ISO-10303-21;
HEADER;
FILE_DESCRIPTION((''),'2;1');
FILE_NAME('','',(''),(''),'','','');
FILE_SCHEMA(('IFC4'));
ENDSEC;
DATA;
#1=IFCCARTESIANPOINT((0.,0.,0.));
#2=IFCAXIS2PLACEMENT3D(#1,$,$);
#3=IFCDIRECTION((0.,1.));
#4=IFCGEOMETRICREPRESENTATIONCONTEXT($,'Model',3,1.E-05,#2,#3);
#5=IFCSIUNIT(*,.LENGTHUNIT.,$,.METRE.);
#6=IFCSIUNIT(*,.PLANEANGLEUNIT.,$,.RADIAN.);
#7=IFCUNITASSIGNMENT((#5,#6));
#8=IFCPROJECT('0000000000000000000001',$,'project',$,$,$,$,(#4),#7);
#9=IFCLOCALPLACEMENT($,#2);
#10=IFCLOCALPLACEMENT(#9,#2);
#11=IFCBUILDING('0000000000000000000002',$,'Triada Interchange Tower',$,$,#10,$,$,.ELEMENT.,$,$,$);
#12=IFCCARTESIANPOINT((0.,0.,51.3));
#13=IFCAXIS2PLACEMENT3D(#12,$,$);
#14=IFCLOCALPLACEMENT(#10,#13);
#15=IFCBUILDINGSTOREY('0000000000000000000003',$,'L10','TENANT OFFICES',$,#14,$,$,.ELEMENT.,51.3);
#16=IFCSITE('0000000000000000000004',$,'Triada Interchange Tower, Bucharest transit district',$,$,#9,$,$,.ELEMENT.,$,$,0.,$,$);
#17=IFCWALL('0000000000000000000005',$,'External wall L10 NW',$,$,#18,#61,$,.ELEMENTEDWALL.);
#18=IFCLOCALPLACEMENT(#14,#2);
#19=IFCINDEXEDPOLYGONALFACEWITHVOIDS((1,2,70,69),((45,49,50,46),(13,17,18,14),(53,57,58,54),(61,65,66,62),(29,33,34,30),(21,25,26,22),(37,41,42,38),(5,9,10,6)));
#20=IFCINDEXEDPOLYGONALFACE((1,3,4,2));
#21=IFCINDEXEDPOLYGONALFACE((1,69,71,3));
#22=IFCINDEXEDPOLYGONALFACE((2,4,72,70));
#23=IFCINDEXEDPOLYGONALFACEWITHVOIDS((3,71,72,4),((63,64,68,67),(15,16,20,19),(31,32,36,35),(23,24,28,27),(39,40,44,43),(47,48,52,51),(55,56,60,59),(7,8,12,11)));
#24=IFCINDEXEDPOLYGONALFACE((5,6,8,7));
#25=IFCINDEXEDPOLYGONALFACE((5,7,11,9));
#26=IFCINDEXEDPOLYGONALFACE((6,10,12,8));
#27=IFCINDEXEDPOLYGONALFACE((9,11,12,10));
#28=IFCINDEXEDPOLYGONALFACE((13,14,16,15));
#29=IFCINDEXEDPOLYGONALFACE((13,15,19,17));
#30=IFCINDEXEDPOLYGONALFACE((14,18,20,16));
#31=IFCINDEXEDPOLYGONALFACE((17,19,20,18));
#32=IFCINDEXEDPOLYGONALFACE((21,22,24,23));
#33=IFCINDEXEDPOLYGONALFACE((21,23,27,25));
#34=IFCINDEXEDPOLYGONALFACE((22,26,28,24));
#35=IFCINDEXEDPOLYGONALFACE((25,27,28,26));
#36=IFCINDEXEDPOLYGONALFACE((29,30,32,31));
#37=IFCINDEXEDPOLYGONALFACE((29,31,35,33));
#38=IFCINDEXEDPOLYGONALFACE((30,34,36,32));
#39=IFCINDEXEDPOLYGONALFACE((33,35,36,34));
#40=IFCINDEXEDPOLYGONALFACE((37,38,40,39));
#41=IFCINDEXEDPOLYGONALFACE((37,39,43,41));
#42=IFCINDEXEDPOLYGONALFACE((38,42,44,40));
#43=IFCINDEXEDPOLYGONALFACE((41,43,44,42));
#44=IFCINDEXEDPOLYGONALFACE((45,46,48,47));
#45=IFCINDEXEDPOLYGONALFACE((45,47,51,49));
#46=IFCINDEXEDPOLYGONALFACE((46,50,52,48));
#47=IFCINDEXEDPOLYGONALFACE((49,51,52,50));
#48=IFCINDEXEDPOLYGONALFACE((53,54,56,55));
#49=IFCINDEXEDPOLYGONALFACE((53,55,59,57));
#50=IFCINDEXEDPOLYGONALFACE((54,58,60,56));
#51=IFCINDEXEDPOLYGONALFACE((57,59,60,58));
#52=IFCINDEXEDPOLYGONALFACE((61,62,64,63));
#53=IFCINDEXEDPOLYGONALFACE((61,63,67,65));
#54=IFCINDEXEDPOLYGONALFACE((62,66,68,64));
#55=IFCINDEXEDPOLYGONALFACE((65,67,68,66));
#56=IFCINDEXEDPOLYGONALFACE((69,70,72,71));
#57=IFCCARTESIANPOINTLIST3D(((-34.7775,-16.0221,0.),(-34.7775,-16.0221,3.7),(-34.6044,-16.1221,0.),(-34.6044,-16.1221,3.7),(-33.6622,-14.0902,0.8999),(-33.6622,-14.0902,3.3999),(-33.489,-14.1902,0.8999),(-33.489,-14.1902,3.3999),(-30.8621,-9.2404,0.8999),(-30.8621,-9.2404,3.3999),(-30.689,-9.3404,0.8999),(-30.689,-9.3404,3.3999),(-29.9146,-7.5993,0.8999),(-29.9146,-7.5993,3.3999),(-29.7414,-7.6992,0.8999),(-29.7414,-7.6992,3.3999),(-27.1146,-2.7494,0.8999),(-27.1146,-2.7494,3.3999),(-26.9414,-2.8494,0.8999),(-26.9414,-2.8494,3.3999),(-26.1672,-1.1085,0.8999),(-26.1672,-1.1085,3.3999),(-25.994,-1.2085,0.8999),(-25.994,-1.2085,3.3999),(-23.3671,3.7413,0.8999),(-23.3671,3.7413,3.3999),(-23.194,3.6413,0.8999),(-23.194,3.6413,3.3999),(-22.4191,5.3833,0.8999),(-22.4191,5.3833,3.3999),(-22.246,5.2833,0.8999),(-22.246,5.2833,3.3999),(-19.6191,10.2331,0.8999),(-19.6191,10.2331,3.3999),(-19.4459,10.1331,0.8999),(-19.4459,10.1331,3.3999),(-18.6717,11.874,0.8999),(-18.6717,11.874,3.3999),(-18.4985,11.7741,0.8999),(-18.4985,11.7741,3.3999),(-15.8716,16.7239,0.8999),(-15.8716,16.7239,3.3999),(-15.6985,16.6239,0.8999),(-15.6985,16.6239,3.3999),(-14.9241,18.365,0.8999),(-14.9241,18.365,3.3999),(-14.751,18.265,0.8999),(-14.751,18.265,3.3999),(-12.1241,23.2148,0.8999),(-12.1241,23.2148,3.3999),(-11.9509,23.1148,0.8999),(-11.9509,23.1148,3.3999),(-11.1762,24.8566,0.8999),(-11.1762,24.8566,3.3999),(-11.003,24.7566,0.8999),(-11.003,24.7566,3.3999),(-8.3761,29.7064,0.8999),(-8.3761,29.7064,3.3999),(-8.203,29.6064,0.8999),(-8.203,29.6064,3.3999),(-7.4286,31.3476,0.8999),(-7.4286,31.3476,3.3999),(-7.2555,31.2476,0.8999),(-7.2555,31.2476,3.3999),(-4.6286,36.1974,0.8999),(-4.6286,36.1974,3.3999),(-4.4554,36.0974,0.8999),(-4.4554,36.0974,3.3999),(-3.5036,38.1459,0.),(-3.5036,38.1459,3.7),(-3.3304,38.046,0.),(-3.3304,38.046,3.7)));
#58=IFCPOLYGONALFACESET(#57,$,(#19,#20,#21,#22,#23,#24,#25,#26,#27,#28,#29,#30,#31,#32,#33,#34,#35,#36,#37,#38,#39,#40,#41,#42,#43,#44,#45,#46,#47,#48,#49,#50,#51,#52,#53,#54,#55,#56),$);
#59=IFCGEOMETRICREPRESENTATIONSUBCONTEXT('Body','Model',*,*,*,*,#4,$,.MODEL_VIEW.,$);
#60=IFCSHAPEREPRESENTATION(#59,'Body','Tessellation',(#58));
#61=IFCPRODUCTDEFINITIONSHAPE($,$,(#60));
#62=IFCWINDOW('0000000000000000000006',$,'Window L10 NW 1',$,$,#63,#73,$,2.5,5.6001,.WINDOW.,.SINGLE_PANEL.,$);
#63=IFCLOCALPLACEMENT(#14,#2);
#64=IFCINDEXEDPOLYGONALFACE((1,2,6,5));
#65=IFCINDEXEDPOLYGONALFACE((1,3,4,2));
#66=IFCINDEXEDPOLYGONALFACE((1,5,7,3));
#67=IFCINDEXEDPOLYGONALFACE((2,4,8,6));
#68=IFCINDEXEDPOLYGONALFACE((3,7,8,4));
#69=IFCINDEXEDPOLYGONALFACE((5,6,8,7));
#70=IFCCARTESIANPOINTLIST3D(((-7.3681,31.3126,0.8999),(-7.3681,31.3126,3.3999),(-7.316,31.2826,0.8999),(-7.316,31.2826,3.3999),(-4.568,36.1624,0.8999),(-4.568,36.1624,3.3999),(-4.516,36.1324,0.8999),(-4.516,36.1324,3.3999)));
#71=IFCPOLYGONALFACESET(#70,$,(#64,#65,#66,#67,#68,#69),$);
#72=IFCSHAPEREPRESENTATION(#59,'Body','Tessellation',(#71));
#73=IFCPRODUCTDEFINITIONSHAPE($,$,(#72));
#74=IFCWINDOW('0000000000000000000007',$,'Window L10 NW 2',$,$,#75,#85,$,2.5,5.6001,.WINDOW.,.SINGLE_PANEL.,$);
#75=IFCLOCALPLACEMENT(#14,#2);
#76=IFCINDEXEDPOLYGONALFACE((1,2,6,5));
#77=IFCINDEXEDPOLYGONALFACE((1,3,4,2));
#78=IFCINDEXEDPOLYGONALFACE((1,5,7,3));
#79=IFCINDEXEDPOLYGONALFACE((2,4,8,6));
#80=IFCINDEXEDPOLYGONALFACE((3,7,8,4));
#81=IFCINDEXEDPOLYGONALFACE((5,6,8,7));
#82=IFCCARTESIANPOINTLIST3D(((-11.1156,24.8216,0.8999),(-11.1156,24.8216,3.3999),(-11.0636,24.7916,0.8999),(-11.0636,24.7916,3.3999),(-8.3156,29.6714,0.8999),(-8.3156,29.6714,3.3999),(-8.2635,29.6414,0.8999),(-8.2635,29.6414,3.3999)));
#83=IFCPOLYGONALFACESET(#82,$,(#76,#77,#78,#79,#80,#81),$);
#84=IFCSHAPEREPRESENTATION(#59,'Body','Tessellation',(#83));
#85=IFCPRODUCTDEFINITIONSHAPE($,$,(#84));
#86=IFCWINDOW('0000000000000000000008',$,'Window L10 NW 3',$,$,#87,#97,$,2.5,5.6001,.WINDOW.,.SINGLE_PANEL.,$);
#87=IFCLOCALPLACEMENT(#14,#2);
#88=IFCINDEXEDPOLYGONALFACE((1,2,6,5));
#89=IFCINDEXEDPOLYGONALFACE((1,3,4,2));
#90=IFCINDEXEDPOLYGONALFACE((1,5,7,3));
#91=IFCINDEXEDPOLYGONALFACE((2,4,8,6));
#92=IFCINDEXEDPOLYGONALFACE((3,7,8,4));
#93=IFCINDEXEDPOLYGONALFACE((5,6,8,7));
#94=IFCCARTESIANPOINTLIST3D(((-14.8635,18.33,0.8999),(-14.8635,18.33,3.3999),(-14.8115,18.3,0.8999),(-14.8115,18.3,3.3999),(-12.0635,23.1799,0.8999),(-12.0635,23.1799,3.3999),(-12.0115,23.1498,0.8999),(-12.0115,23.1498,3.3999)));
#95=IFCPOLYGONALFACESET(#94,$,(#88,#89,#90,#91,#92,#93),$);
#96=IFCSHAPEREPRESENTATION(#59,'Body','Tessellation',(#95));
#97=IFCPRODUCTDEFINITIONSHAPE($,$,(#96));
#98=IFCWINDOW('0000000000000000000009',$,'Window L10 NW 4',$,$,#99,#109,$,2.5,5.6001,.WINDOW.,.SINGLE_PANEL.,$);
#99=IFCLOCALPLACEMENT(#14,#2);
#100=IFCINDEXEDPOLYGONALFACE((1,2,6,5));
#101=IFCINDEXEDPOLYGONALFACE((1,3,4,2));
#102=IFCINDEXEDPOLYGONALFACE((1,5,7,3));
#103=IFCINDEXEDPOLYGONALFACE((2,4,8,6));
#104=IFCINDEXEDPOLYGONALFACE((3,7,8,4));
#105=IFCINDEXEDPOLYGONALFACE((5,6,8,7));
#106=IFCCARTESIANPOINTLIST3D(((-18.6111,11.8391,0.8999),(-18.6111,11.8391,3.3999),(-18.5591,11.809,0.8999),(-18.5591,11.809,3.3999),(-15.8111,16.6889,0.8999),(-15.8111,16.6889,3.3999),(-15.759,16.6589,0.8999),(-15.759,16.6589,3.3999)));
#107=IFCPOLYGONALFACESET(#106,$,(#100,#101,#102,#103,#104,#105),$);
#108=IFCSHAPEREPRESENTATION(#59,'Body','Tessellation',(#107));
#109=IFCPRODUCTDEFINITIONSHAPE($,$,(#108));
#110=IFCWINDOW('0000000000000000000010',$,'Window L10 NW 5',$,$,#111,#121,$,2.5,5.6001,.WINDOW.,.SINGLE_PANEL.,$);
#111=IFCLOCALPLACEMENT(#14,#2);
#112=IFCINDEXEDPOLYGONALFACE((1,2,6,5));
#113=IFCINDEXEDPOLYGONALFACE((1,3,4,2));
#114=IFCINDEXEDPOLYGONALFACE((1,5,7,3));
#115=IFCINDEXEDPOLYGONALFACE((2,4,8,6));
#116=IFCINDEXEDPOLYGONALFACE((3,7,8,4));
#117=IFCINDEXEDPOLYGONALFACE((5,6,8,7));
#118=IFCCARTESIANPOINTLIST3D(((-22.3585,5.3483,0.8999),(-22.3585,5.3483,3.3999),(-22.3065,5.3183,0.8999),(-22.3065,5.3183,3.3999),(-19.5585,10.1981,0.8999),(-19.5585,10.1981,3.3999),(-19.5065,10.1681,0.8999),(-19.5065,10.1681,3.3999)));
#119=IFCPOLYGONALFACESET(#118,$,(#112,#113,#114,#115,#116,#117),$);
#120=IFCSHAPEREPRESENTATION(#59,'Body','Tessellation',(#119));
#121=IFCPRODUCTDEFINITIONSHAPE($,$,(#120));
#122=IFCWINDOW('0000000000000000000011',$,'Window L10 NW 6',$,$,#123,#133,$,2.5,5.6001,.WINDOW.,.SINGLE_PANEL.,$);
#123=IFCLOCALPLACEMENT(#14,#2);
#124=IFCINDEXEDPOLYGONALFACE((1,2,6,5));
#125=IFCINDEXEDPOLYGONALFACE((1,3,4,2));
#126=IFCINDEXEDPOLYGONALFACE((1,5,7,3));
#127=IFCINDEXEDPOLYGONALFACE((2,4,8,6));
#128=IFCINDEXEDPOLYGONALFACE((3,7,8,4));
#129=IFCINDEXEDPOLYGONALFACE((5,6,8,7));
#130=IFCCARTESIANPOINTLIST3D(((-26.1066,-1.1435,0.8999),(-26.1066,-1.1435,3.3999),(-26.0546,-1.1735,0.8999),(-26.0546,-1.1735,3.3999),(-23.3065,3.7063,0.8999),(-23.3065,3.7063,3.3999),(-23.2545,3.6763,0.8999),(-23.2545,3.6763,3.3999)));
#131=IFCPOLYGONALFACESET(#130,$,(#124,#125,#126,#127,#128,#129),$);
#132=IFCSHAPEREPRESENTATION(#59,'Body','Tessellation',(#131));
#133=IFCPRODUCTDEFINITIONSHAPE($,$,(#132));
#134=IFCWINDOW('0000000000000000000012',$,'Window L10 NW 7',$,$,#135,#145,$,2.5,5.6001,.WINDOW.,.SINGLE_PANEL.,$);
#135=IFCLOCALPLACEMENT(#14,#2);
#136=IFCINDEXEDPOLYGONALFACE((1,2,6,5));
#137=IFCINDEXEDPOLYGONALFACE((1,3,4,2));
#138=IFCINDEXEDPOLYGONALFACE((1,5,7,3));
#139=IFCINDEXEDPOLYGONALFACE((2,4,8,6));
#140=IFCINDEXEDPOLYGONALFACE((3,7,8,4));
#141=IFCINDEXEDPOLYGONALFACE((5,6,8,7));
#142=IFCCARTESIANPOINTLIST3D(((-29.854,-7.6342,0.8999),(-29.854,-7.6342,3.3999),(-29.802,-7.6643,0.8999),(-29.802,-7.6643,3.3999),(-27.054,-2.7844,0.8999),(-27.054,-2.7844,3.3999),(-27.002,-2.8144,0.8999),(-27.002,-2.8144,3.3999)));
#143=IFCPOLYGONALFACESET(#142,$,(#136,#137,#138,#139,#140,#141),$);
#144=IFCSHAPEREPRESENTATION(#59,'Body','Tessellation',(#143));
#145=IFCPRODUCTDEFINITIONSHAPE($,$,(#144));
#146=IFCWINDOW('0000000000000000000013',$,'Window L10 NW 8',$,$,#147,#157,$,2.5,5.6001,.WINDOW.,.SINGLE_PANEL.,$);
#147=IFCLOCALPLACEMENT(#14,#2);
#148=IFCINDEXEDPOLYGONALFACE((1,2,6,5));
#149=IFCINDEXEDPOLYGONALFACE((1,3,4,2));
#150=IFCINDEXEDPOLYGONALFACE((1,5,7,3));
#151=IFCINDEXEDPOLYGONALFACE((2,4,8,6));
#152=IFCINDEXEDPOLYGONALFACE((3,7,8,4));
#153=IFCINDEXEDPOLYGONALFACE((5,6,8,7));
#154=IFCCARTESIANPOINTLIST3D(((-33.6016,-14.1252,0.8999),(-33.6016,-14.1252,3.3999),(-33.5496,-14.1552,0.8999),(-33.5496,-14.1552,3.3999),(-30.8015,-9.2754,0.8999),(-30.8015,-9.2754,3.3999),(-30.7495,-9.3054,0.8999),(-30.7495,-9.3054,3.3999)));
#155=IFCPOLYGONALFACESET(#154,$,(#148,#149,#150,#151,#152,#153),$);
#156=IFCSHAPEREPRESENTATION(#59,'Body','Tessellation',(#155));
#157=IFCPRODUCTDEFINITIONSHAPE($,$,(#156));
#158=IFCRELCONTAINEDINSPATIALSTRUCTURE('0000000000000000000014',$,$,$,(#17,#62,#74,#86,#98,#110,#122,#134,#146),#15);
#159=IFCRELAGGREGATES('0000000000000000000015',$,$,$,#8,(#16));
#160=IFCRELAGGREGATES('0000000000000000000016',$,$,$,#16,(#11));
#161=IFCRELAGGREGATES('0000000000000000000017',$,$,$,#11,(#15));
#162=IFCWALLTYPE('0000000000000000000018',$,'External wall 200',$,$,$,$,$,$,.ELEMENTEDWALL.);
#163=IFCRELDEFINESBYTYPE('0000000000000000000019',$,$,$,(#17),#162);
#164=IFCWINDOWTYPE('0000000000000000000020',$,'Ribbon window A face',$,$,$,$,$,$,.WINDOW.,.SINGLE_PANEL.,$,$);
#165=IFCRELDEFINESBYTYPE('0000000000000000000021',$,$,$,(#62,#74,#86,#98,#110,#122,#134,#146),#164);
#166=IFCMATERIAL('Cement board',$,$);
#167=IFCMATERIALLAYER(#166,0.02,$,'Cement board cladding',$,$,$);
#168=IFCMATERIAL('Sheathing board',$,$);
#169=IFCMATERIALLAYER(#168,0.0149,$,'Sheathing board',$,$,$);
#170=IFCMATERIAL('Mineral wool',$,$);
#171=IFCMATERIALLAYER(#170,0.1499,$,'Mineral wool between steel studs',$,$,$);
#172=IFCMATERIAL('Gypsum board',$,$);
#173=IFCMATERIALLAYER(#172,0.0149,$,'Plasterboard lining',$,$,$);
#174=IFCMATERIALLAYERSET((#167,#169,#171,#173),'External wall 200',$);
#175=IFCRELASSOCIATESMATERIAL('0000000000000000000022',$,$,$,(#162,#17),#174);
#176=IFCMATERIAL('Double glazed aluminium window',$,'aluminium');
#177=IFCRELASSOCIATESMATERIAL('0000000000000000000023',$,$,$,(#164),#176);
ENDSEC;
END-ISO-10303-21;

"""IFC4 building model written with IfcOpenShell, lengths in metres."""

from ifc_helpers import new_model, si_unit, direction, frame, frame_2d, origin, place, context, subcontext, project, spatial, rectangle, extrude, material, layer, layer_set, layer_usage, type_object, element, fill, save


model = new_model("IFC4")

# Units and contexts
model_context = context("Model", 3, precision=1e-05, world=origin(), true_north=direction((0.0, 1.0)))
body_context = subcontext(model_context, "Body", "Model", "MODEL_VIEW")
ifc_project = project(units=[si_unit("LENGTHUNIT", "METRE"), si_unit("PLANEANGLEUNIT", "RADIAN")], contexts=[model_context])

# Site, building, storey
site_placement = place(None, origin())
site = spatial("IfcSite", under=ifc_project, at=site_placement, Name="Triada Interchange Tower, Bucharest transit district", CompositionType="ELEMENT", RefElevation=0.0)
building_placement = place(site_placement, origin())
building = spatial("IfcBuilding", under=site, at=building_placement, Name="Triada Interchange Tower", CompositionType="ELEMENT")
storey_placement = place(building_placement, frame((0.0, 0.0, 51.3)))
storey = spatial("IfcBuildingStorey", under=building, at=storey_placement, Name="L10", Description="TENANT OFFICES", CompositionType="ELEMENT", Elevation=51.3)

# Wall, openings, windows
ifc_material_1 = material(Name="Cement board")
ifc_layer_1 = layer(ifc_material_1, 0.02, Name="Cement board cladding")
ifc_material_2 = material(Name="Sheathing board")
ifc_layer_2 = layer(ifc_material_2, 0.0149, Name="Sheathing board")
ifc_material_3 = material(Name="Mineral wool")
ifc_layer_3 = layer(ifc_material_3, 0.1499, Name="Mineral wool between steel studs")
ifc_material_4 = material(Name="Gypsum board")
ifc_layer_4 = layer(ifc_material_4, 0.0149, Name="Plasterboard lining")
ifc_layer_set_1 = layer_set([ifc_layer_1, ifc_layer_2, ifc_layer_3, ifc_layer_4], Name="External wall 200")
ifc_layer_usage = layer_usage(ifc_layer_set_1, "AXIS2", "POSITIVE", -0.1001)
wall_type_1 = type_object("IfcWallType", Name="External wall 200", PredefinedType="ELEMENTEDWALL", material=ifc_layer_set_1)
wall_1_placement = place(storey_placement, frame((-3.417, 38.0959, 0.0), z_axis=(0.0, 0.0, 1.0), x_axis=(-0.5, -0.866025, 0.0)))
wall_1 = element("IfcWall", 1, at=wall_1_placement, inside=storey, type_object=wall_type_1, material=ifc_layer_usage, Name="External wall L10 NW", PredefinedType="ELEMENTEDWALL", context=body_context, shape_type="SweptSolid", body=[
    extrude(rectangle(XDim=62.5479, YDim=0.2, at=frame_2d((31.2739, 0.0))), origin(), (0.0, 0.0, 1.0), 3.7),
])
opening_1_placement = place(wall_1_placement, frame((2.25, 0.0, 0.8999)))
opening_1 = element("IfcOpeningElement", 2, at=opening_1_placement, cuts=wall_1, PredefinedType="OPENING", context=body_context, shape_type="SweptSolid", body=[
    extrude(rectangle(XDim=5.6001, YDim=2.5, at=frame_2d((2.8, 1.25))), frame((0.0, 0.1099, 0.0), z_axis=(0.0, -1.0, 0.0), x_axis=(1.0, 0.0, 0.0)), (0.0, 0.0, 1.0), 0.22),
])
opening_2_placement = place(wall_1_placement, frame((9.7451, 0.0, 0.8999)))
opening_2 = element("IfcOpeningElement", 3, at=opening_2_placement, cuts=wall_1, PredefinedType="OPENING", context=body_context, shape_type="SweptSolid", body=[
    extrude(rectangle(XDim=5.6001, YDim=2.5, at=frame_2d((2.8, 1.25))), frame((0.0, 0.1099, 0.0), z_axis=(0.0, -1.0, 0.0), x_axis=(1.0, 0.0, 0.0)), (0.0, 0.0, 1.0), 0.22),
])
opening_3_placement = place(wall_1_placement, frame((17.241, 0.0, 0.8999)))
opening_3 = element("IfcOpeningElement", 4, at=opening_3_placement, cuts=wall_1, PredefinedType="OPENING", context=body_context, shape_type="SweptSolid", body=[
    extrude(rectangle(XDim=5.6001, YDim=2.5, at=frame_2d((2.8, 1.25))), frame((0.0, 0.1099, 0.0), z_axis=(0.0, -1.0, 0.0), x_axis=(1.0, 0.0, 0.0)), (0.0, 0.0, 1.0), 0.22),
])
opening_4_placement = place(wall_1_placement, frame((24.7361, 0.0, 0.8999)))
opening_4 = element("IfcOpeningElement", 5, at=opening_4_placement, cuts=wall_1, PredefinedType="OPENING", context=body_context, shape_type="SweptSolid", body=[
    extrude(rectangle(XDim=5.6001, YDim=2.5, at=frame_2d((2.8, 1.25))), frame((0.0, 0.1099, 0.0), z_axis=(0.0, -1.0, 0.0), x_axis=(1.0, 0.0, 0.0)), (0.0, 0.0, 1.0), 0.22),
])
opening_5_placement = place(wall_1_placement, frame((32.231, 0.0, 0.8999)))
opening_5 = element("IfcOpeningElement", 6, at=opening_5_placement, cuts=wall_1, PredefinedType="OPENING", context=body_context, shape_type="SweptSolid", body=[
    extrude(rectangle(XDim=5.6001, YDim=2.5, at=frame_2d((2.8, 1.25))), frame((0.0, 0.1099, 0.0), z_axis=(0.0, -1.0, 0.0), x_axis=(1.0, 0.0, 0.0)), (0.0, 0.0, 1.0), 0.22),
])
opening_6_placement = place(wall_1_placement, frame((39.7271, 0.0, 0.8999)))
opening_6 = element("IfcOpeningElement", 7, at=opening_6_placement, cuts=wall_1, PredefinedType="OPENING", context=body_context, shape_type="SweptSolid", body=[
    extrude(rectangle(XDim=5.6001, YDim=2.5, at=frame_2d((2.8, 1.25))), frame((0.0, 0.1099, 0.0), z_axis=(0.0, -1.0, 0.0), x_axis=(1.0, 0.0, 0.0)), (0.0, 0.0, 1.0), 0.22),
])
opening_7_placement = place(wall_1_placement, frame((47.2219, 0.0, 0.8999)))
opening_7 = element("IfcOpeningElement", 8, at=opening_7_placement, cuts=wall_1, PredefinedType="OPENING", context=body_context, shape_type="SweptSolid", body=[
    extrude(rectangle(XDim=5.6001, YDim=2.5, at=frame_2d((2.8, 1.25))), frame((0.0, 0.1099, 0.0), z_axis=(0.0, -1.0, 0.0), x_axis=(1.0, 0.0, 0.0)), (0.0, 0.0, 1.0), 0.22),
])
opening_8_placement = place(wall_1_placement, frame((54.717, 0.0, 0.8999)))
opening_8 = element("IfcOpeningElement", 9, at=opening_8_placement, cuts=wall_1, PredefinedType="OPENING", context=body_context, shape_type="SweptSolid", body=[
    extrude(rectangle(XDim=5.6001, YDim=2.5, at=frame_2d((2.8, 1.25))), frame((0.0, 0.1099, 0.0), z_axis=(0.0, -1.0, 0.0), x_axis=(1.0, 0.0, 0.0)), (0.0, 0.0, 1.0), 0.22),
])
ifc_material_5 = material(Name="Double glazed aluminium window", Category="aluminium")
window_type = type_object("IfcWindowType", Name="Ribbon window A face", PartitioningType="SINGLE_PANEL", PredefinedType="WINDOW", material=ifc_material_5)
window_1_placement = place(opening_1_placement, origin())
window_1 = element("IfcWindow", 10, at=window_1_placement, inside=storey, type_object=window_type, Name="Window L10 NW 1", OverallHeight=2.5, OverallWidth=5.6001, PartitioningType="SINGLE_PANEL", PredefinedType="WINDOW", context=body_context, shape_type="SweptSolid", body=[
    extrude(rectangle(XDim=5.6001, YDim=2.5, at=frame_2d((2.8, 1.25))), frame((0.0, 0.03, 0.0), z_axis=(0.0, -1.0, 0.0), x_axis=(1.0, 0.0, 0.0)), (0.0, 0.0, 1.0), 0.0601),
])
fill(opening_1, window_1)
window_2_placement = place(opening_2_placement, origin())
window_2 = element("IfcWindow", 11, at=window_2_placement, inside=storey, type_object=window_type, Name="Window L10 NW 2", OverallHeight=2.5, OverallWidth=5.6001, PartitioningType="SINGLE_PANEL", PredefinedType="WINDOW", context=body_context, shape_type="SweptSolid", body=[
    extrude(rectangle(XDim=5.6001, YDim=2.5, at=frame_2d((2.8, 1.25))), frame((0.0, 0.03, 0.0), z_axis=(0.0, -1.0, 0.0), x_axis=(1.0, 0.0, 0.0)), (0.0, 0.0, 1.0), 0.0601),
])
fill(opening_2, window_2)
window_3_placement = place(opening_3_placement, origin())
window_3 = element("IfcWindow", 12, at=window_3_placement, inside=storey, type_object=window_type, Name="Window L10 NW 3", OverallHeight=2.5, OverallWidth=5.6001, PartitioningType="SINGLE_PANEL", PredefinedType="WINDOW", context=body_context, shape_type="SweptSolid", body=[
    extrude(rectangle(XDim=5.6001, YDim=2.5, at=frame_2d((2.8, 1.25))), frame((0.0, 0.03, 0.0), z_axis=(0.0, -1.0, 0.0), x_axis=(1.0, 0.0, 0.0)), (0.0, 0.0, 1.0), 0.0601),
])
fill(opening_3, window_3)
window_4_placement = place(opening_4_placement, origin())
window_4 = element("IfcWindow", 13, at=window_4_placement, inside=storey, type_object=window_type, Name="Window L10 NW 4", OverallHeight=2.5, OverallWidth=5.6001, PartitioningType="SINGLE_PANEL", PredefinedType="WINDOW", context=body_context, shape_type="SweptSolid", body=[
    extrude(rectangle(XDim=5.6001, YDim=2.5, at=frame_2d((2.8, 1.25))), frame((0.0, 0.03, 0.0), z_axis=(0.0, -1.0, 0.0), x_axis=(1.0, 0.0, 0.0)), (0.0, 0.0, 1.0), 0.0601),
])
fill(opening_4, window_4)
window_5_placement = place(opening_5_placement, origin())
window_5 = element("IfcWindow", 14, at=window_5_placement, inside=storey, type_object=window_type, Name="Window L10 NW 5", OverallHeight=2.5, OverallWidth=5.6001, PartitioningType="SINGLE_PANEL", PredefinedType="WINDOW", context=body_context, shape_type="SweptSolid", body=[
    extrude(rectangle(XDim=5.6001, YDim=2.5, at=frame_2d((2.8, 1.25))), frame((0.0, 0.03, 0.0), z_axis=(0.0, -1.0, 0.0), x_axis=(1.0, 0.0, 0.0)), (0.0, 0.0, 1.0), 0.0601),
])
fill(opening_5, window_5)
window_6_placement = place(opening_6_placement, origin())
window_6 = element("IfcWindow", 15, at=window_6_placement, inside=storey, type_object=window_type, Name="Window L10 NW 6", OverallHeight=2.5, OverallWidth=5.6001, PartitioningType="SINGLE_PANEL", PredefinedType="WINDOW", context=body_context, shape_type="SweptSolid", body=[
    extrude(rectangle(XDim=5.6001, YDim=2.5, at=frame_2d((2.8, 1.25))), frame((0.0, 0.03, 0.0), z_axis=(0.0, -1.0, 0.0), x_axis=(1.0, 0.0, 0.0)), (0.0, 0.0, 1.0), 0.0601),
])
fill(opening_6, window_6)
window_7_placement = place(opening_7_placement, origin())
window_7 = element("IfcWindow", 16, at=window_7_placement, inside=storey, type_object=window_type, Name="Window L10 NW 7", OverallHeight=2.5, OverallWidth=5.6001, PartitioningType="SINGLE_PANEL", PredefinedType="WINDOW", context=body_context, shape_type="SweptSolid", body=[
    extrude(rectangle(XDim=5.6001, YDim=2.5, at=frame_2d((2.8, 1.25))), frame((0.0, 0.03, 0.0), z_axis=(0.0, -1.0, 0.0), x_axis=(1.0, 0.0, 0.0)), (0.0, 0.0, 1.0), 0.0601),
])
fill(opening_7, window_7)
window_8_placement = place(opening_8_placement, origin())
window_8 = element("IfcWindow", 17, at=window_8_placement, inside=storey, type_object=window_type, Name="Window L10 NW 8", OverallHeight=2.5, OverallWidth=5.6001, PartitioningType="SINGLE_PANEL", PredefinedType="WINDOW", context=body_context, shape_type="SweptSolid", body=[
    extrude(rectangle(XDim=5.6001, YDim=2.5, at=frame_2d((2.8, 1.25))), frame((0.0, 0.03, 0.0), z_axis=(0.0, -1.0, 0.0), x_axis=(1.0, 0.0, 0.0)), (0.0, 0.0, 1.0), 0.0601),
])
fill(opening_8, window_8)

save(model, "model.ifc")
